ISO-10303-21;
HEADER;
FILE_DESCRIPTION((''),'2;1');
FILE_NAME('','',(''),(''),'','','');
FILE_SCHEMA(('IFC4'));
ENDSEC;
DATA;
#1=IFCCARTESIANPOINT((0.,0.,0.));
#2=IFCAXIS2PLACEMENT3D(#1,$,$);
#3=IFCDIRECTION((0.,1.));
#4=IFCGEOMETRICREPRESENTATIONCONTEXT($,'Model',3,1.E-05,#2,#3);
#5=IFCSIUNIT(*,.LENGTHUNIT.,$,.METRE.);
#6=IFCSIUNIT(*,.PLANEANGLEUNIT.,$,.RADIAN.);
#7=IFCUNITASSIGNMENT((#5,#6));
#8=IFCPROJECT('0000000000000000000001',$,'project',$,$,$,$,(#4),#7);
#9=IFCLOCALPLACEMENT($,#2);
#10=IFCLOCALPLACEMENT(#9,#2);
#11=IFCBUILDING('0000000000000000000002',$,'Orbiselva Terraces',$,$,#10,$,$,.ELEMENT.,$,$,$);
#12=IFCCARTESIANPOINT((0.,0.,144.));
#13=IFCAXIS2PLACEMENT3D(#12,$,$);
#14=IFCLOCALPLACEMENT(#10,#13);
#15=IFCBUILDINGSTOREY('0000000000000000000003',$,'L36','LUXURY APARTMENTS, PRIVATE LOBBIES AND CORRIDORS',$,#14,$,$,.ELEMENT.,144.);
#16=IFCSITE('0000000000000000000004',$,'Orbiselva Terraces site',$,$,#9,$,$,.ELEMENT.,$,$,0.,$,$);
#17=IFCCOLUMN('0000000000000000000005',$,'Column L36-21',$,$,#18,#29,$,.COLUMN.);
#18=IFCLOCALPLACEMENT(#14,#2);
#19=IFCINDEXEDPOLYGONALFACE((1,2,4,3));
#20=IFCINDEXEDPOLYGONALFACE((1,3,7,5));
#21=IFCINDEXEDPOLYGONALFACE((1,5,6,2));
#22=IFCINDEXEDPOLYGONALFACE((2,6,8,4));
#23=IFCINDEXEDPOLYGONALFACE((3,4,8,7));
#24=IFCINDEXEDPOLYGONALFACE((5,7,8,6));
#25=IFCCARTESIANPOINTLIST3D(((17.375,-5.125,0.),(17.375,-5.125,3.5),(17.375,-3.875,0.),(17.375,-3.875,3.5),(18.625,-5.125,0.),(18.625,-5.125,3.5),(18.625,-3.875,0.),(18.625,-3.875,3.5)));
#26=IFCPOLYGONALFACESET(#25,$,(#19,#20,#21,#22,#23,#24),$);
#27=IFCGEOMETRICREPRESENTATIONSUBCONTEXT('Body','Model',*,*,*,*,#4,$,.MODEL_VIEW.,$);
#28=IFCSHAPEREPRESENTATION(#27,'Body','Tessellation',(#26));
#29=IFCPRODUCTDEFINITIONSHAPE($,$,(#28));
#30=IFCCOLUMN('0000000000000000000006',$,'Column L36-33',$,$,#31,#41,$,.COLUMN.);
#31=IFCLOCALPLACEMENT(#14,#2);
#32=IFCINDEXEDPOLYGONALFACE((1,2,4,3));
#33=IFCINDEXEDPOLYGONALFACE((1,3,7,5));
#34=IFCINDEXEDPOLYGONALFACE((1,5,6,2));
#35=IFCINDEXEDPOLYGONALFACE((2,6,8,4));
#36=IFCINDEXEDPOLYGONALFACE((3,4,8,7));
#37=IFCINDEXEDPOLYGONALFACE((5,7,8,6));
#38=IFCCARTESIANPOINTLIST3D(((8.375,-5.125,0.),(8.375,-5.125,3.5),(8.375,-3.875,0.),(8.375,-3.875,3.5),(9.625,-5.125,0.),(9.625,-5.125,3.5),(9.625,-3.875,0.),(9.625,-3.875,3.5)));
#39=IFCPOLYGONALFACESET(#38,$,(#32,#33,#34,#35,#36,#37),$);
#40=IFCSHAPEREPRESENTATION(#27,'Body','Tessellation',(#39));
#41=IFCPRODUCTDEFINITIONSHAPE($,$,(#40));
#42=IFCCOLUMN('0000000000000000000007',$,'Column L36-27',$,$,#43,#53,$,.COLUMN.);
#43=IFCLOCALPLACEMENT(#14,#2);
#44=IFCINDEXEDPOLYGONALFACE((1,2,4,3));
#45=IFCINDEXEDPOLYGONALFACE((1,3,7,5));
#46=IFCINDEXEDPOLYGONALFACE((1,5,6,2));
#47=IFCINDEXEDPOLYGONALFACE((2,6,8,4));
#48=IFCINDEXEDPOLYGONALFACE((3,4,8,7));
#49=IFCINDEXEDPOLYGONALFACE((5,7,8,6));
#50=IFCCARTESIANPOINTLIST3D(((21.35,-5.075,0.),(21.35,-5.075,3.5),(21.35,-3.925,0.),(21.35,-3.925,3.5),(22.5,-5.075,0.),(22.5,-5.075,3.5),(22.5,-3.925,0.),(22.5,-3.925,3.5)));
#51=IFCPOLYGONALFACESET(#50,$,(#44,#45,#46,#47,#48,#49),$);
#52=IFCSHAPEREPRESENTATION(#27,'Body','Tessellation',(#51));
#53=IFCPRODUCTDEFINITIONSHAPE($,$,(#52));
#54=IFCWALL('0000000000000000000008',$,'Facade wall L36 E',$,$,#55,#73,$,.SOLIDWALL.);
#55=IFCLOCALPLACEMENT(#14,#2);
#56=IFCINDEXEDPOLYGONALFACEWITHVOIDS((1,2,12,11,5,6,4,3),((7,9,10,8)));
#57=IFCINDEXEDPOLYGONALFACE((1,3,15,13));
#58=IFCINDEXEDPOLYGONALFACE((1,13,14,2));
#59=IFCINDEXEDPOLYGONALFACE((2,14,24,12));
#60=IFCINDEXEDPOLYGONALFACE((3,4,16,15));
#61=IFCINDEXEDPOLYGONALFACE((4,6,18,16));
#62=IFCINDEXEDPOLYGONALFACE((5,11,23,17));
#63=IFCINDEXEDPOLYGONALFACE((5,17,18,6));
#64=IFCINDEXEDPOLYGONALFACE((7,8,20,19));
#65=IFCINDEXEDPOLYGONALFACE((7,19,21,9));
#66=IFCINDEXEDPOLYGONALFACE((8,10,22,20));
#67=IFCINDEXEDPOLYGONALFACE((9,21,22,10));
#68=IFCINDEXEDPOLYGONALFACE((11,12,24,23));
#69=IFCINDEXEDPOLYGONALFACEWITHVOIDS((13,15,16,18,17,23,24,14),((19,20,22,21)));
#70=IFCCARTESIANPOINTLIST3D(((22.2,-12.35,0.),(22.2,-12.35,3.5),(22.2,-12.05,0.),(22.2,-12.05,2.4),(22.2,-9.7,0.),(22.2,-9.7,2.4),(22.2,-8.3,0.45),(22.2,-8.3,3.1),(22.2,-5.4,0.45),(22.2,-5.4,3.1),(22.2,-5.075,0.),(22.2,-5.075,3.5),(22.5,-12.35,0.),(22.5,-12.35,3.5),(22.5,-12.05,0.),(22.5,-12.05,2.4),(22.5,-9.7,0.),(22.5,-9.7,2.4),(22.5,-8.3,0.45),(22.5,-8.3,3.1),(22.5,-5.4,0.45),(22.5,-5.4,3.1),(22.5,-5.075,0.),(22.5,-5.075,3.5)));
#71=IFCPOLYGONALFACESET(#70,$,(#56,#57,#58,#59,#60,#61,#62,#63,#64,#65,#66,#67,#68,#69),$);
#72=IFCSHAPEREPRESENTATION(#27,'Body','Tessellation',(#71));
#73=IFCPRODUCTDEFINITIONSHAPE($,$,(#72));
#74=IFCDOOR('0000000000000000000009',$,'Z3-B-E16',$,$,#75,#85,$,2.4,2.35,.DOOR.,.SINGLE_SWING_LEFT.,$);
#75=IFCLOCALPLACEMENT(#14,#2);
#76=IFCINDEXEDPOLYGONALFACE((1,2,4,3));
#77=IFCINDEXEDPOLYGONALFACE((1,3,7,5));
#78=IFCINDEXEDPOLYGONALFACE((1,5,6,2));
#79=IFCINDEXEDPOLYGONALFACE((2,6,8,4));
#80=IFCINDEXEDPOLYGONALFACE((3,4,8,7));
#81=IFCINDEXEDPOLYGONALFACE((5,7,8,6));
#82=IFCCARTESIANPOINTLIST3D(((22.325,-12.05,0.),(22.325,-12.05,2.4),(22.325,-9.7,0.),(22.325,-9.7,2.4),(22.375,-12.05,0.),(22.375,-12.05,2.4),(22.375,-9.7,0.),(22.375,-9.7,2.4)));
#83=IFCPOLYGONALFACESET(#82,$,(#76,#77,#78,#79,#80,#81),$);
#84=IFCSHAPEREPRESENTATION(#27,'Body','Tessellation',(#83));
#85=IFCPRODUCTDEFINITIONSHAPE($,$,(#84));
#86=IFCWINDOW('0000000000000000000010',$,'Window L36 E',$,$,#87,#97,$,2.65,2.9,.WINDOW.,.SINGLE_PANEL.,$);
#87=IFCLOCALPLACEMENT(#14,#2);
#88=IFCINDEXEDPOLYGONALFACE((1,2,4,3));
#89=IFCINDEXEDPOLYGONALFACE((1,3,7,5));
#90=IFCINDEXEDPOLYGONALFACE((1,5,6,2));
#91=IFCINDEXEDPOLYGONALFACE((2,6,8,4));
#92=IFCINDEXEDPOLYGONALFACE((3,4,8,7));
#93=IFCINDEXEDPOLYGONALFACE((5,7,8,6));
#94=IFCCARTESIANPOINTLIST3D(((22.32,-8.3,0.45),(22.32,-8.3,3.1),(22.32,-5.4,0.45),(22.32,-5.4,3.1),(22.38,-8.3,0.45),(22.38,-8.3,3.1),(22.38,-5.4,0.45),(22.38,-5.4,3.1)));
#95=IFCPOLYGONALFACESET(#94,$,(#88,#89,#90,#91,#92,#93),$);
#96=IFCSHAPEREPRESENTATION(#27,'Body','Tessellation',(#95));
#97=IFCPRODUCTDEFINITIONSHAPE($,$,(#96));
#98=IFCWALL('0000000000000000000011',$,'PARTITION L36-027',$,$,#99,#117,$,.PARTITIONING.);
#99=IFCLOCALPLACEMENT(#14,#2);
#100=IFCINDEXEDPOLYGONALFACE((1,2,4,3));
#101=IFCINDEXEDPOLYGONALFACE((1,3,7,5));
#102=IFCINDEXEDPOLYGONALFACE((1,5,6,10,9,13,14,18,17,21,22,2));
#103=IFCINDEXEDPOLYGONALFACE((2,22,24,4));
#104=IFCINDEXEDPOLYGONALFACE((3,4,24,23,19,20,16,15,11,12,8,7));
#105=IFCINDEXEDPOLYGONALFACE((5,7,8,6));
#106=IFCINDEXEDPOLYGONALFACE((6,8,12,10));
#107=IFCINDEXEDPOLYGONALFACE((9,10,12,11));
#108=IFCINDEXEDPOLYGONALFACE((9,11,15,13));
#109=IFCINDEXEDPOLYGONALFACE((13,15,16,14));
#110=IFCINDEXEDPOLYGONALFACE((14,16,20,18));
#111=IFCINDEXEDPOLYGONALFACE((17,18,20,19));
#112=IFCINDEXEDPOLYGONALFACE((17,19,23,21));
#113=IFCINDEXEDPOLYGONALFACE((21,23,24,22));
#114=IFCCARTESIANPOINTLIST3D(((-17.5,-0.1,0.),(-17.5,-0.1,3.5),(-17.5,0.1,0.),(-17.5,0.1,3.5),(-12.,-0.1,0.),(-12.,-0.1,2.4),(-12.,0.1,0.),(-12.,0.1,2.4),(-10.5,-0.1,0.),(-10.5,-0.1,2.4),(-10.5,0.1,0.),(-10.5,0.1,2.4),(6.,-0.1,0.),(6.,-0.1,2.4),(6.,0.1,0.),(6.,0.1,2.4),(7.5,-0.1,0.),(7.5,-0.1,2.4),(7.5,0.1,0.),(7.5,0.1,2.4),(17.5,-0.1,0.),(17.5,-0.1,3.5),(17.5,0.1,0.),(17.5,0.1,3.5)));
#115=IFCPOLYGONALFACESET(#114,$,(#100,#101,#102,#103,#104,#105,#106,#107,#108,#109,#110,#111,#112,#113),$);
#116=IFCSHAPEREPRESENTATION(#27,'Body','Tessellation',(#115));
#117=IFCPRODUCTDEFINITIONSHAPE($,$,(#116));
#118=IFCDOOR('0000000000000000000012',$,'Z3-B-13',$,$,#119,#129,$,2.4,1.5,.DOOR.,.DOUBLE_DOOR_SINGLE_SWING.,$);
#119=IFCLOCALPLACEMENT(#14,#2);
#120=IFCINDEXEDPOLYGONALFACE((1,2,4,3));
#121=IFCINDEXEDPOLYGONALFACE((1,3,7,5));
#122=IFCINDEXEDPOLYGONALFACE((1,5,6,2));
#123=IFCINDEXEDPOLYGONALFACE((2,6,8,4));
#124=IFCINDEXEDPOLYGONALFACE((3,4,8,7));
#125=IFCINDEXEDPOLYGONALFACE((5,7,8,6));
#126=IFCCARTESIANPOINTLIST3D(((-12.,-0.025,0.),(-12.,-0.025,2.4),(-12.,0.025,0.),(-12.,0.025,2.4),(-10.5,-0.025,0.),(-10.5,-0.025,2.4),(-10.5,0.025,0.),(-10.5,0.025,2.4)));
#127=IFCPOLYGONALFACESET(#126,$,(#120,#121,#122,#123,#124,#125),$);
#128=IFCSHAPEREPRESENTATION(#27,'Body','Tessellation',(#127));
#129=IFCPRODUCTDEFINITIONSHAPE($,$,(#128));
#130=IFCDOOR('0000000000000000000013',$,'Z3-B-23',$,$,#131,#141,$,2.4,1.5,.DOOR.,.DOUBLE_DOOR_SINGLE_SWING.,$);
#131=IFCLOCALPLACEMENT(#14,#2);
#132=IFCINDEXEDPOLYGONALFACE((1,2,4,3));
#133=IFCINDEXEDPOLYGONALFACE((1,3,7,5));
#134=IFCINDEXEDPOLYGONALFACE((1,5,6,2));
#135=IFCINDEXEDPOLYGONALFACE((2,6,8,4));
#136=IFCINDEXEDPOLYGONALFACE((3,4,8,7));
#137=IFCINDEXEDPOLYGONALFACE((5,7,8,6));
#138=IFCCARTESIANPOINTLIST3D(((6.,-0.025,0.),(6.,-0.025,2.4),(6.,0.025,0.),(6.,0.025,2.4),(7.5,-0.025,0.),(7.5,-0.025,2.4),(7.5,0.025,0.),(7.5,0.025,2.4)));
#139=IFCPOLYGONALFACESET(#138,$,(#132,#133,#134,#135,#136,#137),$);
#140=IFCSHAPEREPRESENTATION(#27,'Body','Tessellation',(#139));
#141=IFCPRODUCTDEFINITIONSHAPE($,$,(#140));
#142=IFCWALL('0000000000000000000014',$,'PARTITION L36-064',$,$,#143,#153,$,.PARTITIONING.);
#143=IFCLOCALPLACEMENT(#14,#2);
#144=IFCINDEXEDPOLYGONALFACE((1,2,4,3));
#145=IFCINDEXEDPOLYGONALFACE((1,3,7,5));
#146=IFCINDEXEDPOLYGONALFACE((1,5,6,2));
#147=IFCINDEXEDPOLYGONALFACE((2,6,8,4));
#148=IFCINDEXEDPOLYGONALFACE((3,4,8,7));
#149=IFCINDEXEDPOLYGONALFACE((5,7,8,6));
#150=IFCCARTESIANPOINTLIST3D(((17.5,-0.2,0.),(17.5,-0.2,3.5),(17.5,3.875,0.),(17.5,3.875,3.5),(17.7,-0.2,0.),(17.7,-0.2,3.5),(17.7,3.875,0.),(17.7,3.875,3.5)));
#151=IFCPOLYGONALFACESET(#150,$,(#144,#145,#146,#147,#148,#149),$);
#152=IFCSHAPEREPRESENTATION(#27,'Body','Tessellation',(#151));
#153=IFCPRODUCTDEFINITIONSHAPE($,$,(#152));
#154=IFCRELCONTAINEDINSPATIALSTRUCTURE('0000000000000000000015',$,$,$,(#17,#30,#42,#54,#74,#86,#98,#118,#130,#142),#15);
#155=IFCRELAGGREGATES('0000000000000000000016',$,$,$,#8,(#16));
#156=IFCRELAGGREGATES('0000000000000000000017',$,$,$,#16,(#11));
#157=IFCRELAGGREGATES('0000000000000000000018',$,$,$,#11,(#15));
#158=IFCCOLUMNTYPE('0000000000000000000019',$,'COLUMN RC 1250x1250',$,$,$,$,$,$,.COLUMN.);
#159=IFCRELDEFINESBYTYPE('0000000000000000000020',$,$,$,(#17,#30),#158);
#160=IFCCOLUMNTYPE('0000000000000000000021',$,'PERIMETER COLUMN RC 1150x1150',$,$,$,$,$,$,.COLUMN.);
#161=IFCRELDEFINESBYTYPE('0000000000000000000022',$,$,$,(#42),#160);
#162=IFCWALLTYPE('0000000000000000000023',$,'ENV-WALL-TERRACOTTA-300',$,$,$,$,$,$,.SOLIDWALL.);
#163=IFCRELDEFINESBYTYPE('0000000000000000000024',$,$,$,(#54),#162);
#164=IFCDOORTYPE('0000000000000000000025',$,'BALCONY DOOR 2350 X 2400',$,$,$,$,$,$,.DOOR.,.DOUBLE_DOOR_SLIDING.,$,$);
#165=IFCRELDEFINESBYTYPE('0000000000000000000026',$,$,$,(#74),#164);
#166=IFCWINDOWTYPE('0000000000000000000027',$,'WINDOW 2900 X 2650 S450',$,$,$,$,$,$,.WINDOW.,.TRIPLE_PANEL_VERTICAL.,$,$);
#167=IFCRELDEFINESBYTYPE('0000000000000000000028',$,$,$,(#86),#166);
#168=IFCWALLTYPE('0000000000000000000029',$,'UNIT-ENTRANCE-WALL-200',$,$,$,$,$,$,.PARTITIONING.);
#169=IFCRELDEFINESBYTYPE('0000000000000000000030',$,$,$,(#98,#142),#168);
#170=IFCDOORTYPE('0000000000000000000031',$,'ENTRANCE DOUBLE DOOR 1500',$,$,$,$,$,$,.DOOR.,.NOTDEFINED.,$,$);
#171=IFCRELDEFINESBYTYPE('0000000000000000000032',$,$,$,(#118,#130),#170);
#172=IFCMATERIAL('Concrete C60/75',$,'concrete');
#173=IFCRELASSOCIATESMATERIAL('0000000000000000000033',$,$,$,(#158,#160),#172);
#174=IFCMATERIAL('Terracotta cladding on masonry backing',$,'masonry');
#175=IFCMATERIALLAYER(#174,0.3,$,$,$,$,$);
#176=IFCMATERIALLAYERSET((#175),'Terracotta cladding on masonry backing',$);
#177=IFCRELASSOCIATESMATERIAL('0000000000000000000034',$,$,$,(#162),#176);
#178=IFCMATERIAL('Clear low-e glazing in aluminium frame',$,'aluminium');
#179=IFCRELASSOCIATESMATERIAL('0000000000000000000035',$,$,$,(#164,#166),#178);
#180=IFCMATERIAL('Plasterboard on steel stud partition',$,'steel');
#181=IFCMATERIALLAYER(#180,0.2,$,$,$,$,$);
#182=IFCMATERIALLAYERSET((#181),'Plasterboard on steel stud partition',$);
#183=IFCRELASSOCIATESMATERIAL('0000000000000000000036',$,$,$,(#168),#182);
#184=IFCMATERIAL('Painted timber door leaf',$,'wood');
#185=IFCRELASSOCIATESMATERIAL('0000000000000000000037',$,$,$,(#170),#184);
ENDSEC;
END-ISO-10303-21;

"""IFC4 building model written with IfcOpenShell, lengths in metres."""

from ifc_helpers import new_model, si_unit, direction, frame, frame_2d, origin, origin_2d, place, context, subcontext, project, spatial, rectangle, extrude, material, layer, layer_set, material_profile, profile_set, type_object, element, fill, save


model = new_model("IFC4")

# Units and contexts
model_context = context("Model", 3, precision=1e-05, world=origin(), true_north=direction((0.0, 1.0)))
body_context = subcontext(model_context, "Body", "Model", "MODEL_VIEW")
ifc_project = project(units=[si_unit("LENGTHUNIT", "METRE"), si_unit("PLANEANGLEUNIT", "RADIAN")], contexts=[model_context])

# Site, building, storey
site_placement = place(None, origin())
site = spatial("IfcSite", under=ifc_project, at=site_placement, Name="Orbiselva Terraces site", CompositionType="ELEMENT", RefElevation=0.0)
building_placement = place(site_placement, origin())
building = spatial("IfcBuilding", under=site, at=building_placement, Name="Orbiselva Terraces", CompositionType="ELEMENT")
storey_placement = place(building_placement, frame((0.0, 0.0, 144.0)))
storey = spatial("IfcBuildingStorey", under=building, at=storey_placement, Name="L36", Description="LUXURY APARTMENTS, PRIVATE LOBBIES AND CORRIDORS", CompositionType="ELEMENT", Elevation=144.0)

# Columns
ifc_material_1 = material(Name="Concrete C60/75", Category="concrete")
ifc_material_profile_1 = material_profile(ifc_material_1, rectangle(XDim=1.25, YDim=1.25, at=origin_2d()), Name="RC 1250x1250")
ifc_profile_set_1 = profile_set([ifc_material_profile_1], Name="Concrete C60/75")
column_type_1 = type_object("IfcColumnType", Name="COLUMN RC 1250x1250", PredefinedType="COLUMN", material=ifc_profile_set_1)
for number, where, z_axis, x_axis, name in (
    (1, (18.0, -4.5, 0.0), (0.0, 0.0, 1.0), (1.0, 0.0, 0.0), "Column L36-21"),
    (2, (9.0, -4.5, 0.0), (0.0, 0.0, 1.0), (1.0, 0.0, 0.0), "Column L36-33"),
):
    element("IfcColumn", number, at=place(storey_placement, frame(where, z_axis=z_axis, x_axis=x_axis)), inside=storey, type_object=column_type_1, Name=name, PredefinedType="COLUMN", context=body_context, shape_type="SweptSolid", body=[
        extrude(rectangle(XDim=1.25, YDim=1.25, at=origin_2d()), origin(), (0.0, 0.0, 1.0), 3.5),
    ])
ifc_material_profile_2 = material_profile(ifc_material_1, rectangle(XDim=1.15, YDim=1.15, at=origin_2d()), Name="RC 1150x1150")
ifc_profile_set_2 = profile_set([ifc_material_profile_2], Name="Concrete C60/75")
column_type_2 = type_object("IfcColumnType", Name="PERIMETER COLUMN RC 1150x1150", PredefinedType="COLUMN", material=ifc_profile_set_2)
column_placement = place(storey_placement, frame((21.925, -4.5, 0.0), z_axis=(0.0, 0.0, 1.0), x_axis=(1.0, 0.0, 0.0)))
element("IfcColumn", 3, at=column_placement, inside=storey, type_object=column_type_2, Name="Column L36-27", PredefinedType="COLUMN", context=body_context, shape_type="SweptSolid", body=[
    extrude(rectangle(XDim=1.15, YDim=1.15, at=origin_2d()), origin(), (0.0, 0.0, 1.0), 3.5),
])

# Wall, openings, door, window
ifc_material_2 = material(Name="Terracotta cladding on masonry backing", Category="masonry")
ifc_layer_1 = layer(ifc_material_2, 0.3)
ifc_layer_set_1 = layer_set([ifc_layer_1], Name="Terracotta cladding on masonry backing")
wall_type_1 = type_object("IfcWallType", Name="ENV-WALL-TERRACOTTA-300", PredefinedType="SOLIDWALL", material=ifc_layer_set_1)
wall_1_placement = place(storey_placement, frame((22.35, -5.075, 0.0), z_axis=(0.0, 0.0, 1.0), x_axis=(0.0, -1.0, 0.0)))
wall_1 = element("IfcWall", 4, at=wall_1_placement, inside=storey, type_object=wall_type_1, Name="Facade wall L36 E", PredefinedType="SOLIDWALL", context=body_context, shape_type="SweptSolid", body=[
    extrude(rectangle(XDim=7.275, YDim=0.3, at=frame_2d((3.6375, 0.0))), origin(), (0.0, 0.0, 1.0), 3.5),
])
opening_1_placement = place(wall_1_placement, frame((4.625, 0.0, 0.0)))
opening_1 = element("IfcOpeningElement", 5, at=opening_1_placement, cuts=wall_1, PredefinedType="OPENING", context=body_context, shape_type="SweptSolid", body=[
    extrude(rectangle(XDim=2.35, YDim=2.4, at=frame_2d((1.175, 1.2))), frame((0.0, 0.16, 0.0), z_axis=(0.0, -1.0, 0.0), x_axis=(1.0, 0.0, 0.0)), (0.0, 0.0, 1.0), 0.32),
])
opening_2_placement = place(wall_1_placement, frame((0.325, 0.0, 0.45)))
opening_2 = element("IfcOpeningElement", 6, at=opening_2_placement, cuts=wall_1, PredefinedType="OPENING", context=body_context, shape_type="SweptSolid", body=[
    extrude(rectangle(XDim=2.9, YDim=2.65, at=frame_2d((1.45, 1.325))), frame((0.0, 0.16, 0.0), z_axis=(0.0, -1.0, 0.0), x_axis=(1.0, 0.0, 0.0)), (0.0, 0.0, 1.0), 0.32),
])
ifc_material_3 = material(Name="Clear low-e glazing in aluminium frame", Category="aluminium")
door_type_1 = type_object("IfcDoorType", Name="BALCONY DOOR 2350 X 2400", OperationType="DOUBLE_DOOR_SLIDING", PredefinedType="DOOR", material=ifc_material_3)
door_1_placement = place(opening_1_placement, origin())
door_1 = element("IfcDoor", 7, at=door_1_placement, inside=storey, type_object=door_type_1, Name="Z3-B-E16", OperationType="SINGLE_SWING_LEFT", OverallHeight=2.4, OverallWidth=2.35, PredefinedType="DOOR", context=body_context, shape_type="SweptSolid", body=[
    extrude(rectangle(XDim=2.35, YDim=2.4, at=frame_2d((1.175, 1.2))), frame((0.0, 0.025, 0.0), z_axis=(0.0, -1.0, 0.0), x_axis=(1.0, 0.0, 0.0)), (0.0, 0.0, 1.0), 0.05),
])
fill(opening_1, door_1)
window_type = type_object("IfcWindowType", Name="WINDOW 2900 X 2650 S450", PartitioningType="TRIPLE_PANEL_VERTICAL", PredefinedType="WINDOW", material=ifc_material_3)
window_placement = place(opening_2_placement, origin())
window = element("IfcWindow", 8, at=window_placement, inside=storey, type_object=window_type, Name="Window L36 E", OverallHeight=2.65, OverallWidth=2.9, PartitioningType="SINGLE_PANEL", PredefinedType="WINDOW", context=body_context, shape_type="SweptSolid", body=[
    extrude(rectangle(XDim=2.9, YDim=2.65, at=frame_2d((1.45, 1.325))), frame((0.0, 0.03, 0.0), z_axis=(0.0, -1.0, 0.0), x_axis=(1.0, 0.0, 0.0)), (0.0, 0.0, 1.0), 0.06),
])
fill(opening_2, window)

# Wall, openings, doors
ifc_material_4 = material(Name="Plasterboard on steel stud partition", Category="steel")
ifc_layer_2 = layer(ifc_material_4, 0.2)
ifc_layer_set_2 = layer_set([ifc_layer_2], Name="Plasterboard on steel stud partition")
wall_type_2 = type_object("IfcWallType", Name="UNIT-ENTRANCE-WALL-200", PredefinedType="PARTITIONING", material=ifc_layer_set_2)
wall_2_placement = place(storey_placement, frame((17.5, 0.0, 0.0), z_axis=(0.0, 0.0, 1.0), x_axis=(-1.0, 0.0, 0.0)))
wall_2 = element("IfcWall", 9, at=wall_2_placement, inside=storey, type_object=wall_type_2, Name="PARTITION L36-027", PredefinedType="PARTITIONING", context=body_context, shape_type="SweptSolid", body=[
    extrude(rectangle(XDim=35.0, YDim=0.2, at=frame_2d((17.5, 0.0))), origin(), (0.0, 0.0, 1.0), 3.5),
])
opening_3_placement = place(wall_2_placement, frame((28.0, 0.0, 0.0)))
opening_3 = element("IfcOpeningElement", 10, at=opening_3_placement, cuts=wall_2, PredefinedType="OPENING", context=body_context, shape_type="SweptSolid", body=[
    extrude(rectangle(XDim=1.5, YDim=2.4, at=frame_2d((0.75, 1.2))), frame((0.0, 0.11, 0.0), z_axis=(0.0, -1.0, 0.0), x_axis=(1.0, 0.0, 0.0)), (0.0, 0.0, 1.0), 0.22),
])
opening_4_placement = place(wall_2_placement, frame((10.0, 0.0, 0.0)))
opening_4 = element("IfcOpeningElement", 11, at=opening_4_placement, cuts=wall_2, PredefinedType="OPENING", context=body_context, shape_type="SweptSolid", body=[
    extrude(rectangle(XDim=1.5, YDim=2.4, at=frame_2d((0.75, 1.2))), frame((0.0, 0.11, 0.0), z_axis=(0.0, -1.0, 0.0), x_axis=(1.0, 0.0, 0.0)), (0.0, 0.0, 1.0), 0.22),
])
ifc_material_5 = material(Name="Painted timber door leaf", Category="wood")
door_type_2 = type_object("IfcDoorType", Name="ENTRANCE DOUBLE DOOR 1500", OperationType="NOTDEFINED", PredefinedType="DOOR", material=ifc_material_5)
door_2_placement = place(opening_3_placement, origin())
door_2 = element("IfcDoor", 12, at=door_2_placement, inside=storey, type_object=door_type_2, Name="Z3-B-13", OperationType="DOUBLE_DOOR_SINGLE_SWING", OverallHeight=2.4, OverallWidth=1.5, PredefinedType="DOOR", context=body_context, shape_type="SweptSolid", body=[
    extrude(rectangle(XDim=1.5, YDim=2.4, at=frame_2d((0.75, 1.2))), frame((0.0, 0.025, 0.0), z_axis=(0.0, -1.0, 0.0), x_axis=(1.0, 0.0, 0.0)), (0.0, 0.0, 1.0), 0.05),
])
fill(opening_3, door_2)
door_3_placement = place(opening_4_placement, origin())
door_3 = element("IfcDoor", 13, at=door_3_placement, inside=storey, type_object=door_type_2, Name="Z3-B-23", OperationType="DOUBLE_DOOR_SINGLE_SWING", OverallHeight=2.4, OverallWidth=1.5, PredefinedType="DOOR", context=body_context, shape_type="SweptSolid", body=[
    extrude(rectangle(XDim=1.5, YDim=2.4, at=frame_2d((0.75, 1.2))), frame((0.0, 0.025, 0.0), z_axis=(0.0, -1.0, 0.0), x_axis=(1.0, 0.0, 0.0)), (0.0, 0.0, 1.0), 0.05),
])
fill(opening_4, door_3)

# Wall
wall_3_placement = place(storey_placement, frame((17.6, -0.2, 0.0), z_axis=(0.0, 0.0, 1.0), x_axis=(0.0, 1.0, 0.0)))
element("IfcWall", 14, at=wall_3_placement, inside=storey, type_object=wall_type_2, Name="PARTITION L36-064", PredefinedType="PARTITIONING", context=body_context, shape_type="SweptSolid", body=[
    extrude(rectangle(XDim=4.075, YDim=0.2, at=frame_2d((2.0375, 0.0))), origin(), (0.0, 0.0, 1.0), 3.5),
])

save(model, "model.ifc")
